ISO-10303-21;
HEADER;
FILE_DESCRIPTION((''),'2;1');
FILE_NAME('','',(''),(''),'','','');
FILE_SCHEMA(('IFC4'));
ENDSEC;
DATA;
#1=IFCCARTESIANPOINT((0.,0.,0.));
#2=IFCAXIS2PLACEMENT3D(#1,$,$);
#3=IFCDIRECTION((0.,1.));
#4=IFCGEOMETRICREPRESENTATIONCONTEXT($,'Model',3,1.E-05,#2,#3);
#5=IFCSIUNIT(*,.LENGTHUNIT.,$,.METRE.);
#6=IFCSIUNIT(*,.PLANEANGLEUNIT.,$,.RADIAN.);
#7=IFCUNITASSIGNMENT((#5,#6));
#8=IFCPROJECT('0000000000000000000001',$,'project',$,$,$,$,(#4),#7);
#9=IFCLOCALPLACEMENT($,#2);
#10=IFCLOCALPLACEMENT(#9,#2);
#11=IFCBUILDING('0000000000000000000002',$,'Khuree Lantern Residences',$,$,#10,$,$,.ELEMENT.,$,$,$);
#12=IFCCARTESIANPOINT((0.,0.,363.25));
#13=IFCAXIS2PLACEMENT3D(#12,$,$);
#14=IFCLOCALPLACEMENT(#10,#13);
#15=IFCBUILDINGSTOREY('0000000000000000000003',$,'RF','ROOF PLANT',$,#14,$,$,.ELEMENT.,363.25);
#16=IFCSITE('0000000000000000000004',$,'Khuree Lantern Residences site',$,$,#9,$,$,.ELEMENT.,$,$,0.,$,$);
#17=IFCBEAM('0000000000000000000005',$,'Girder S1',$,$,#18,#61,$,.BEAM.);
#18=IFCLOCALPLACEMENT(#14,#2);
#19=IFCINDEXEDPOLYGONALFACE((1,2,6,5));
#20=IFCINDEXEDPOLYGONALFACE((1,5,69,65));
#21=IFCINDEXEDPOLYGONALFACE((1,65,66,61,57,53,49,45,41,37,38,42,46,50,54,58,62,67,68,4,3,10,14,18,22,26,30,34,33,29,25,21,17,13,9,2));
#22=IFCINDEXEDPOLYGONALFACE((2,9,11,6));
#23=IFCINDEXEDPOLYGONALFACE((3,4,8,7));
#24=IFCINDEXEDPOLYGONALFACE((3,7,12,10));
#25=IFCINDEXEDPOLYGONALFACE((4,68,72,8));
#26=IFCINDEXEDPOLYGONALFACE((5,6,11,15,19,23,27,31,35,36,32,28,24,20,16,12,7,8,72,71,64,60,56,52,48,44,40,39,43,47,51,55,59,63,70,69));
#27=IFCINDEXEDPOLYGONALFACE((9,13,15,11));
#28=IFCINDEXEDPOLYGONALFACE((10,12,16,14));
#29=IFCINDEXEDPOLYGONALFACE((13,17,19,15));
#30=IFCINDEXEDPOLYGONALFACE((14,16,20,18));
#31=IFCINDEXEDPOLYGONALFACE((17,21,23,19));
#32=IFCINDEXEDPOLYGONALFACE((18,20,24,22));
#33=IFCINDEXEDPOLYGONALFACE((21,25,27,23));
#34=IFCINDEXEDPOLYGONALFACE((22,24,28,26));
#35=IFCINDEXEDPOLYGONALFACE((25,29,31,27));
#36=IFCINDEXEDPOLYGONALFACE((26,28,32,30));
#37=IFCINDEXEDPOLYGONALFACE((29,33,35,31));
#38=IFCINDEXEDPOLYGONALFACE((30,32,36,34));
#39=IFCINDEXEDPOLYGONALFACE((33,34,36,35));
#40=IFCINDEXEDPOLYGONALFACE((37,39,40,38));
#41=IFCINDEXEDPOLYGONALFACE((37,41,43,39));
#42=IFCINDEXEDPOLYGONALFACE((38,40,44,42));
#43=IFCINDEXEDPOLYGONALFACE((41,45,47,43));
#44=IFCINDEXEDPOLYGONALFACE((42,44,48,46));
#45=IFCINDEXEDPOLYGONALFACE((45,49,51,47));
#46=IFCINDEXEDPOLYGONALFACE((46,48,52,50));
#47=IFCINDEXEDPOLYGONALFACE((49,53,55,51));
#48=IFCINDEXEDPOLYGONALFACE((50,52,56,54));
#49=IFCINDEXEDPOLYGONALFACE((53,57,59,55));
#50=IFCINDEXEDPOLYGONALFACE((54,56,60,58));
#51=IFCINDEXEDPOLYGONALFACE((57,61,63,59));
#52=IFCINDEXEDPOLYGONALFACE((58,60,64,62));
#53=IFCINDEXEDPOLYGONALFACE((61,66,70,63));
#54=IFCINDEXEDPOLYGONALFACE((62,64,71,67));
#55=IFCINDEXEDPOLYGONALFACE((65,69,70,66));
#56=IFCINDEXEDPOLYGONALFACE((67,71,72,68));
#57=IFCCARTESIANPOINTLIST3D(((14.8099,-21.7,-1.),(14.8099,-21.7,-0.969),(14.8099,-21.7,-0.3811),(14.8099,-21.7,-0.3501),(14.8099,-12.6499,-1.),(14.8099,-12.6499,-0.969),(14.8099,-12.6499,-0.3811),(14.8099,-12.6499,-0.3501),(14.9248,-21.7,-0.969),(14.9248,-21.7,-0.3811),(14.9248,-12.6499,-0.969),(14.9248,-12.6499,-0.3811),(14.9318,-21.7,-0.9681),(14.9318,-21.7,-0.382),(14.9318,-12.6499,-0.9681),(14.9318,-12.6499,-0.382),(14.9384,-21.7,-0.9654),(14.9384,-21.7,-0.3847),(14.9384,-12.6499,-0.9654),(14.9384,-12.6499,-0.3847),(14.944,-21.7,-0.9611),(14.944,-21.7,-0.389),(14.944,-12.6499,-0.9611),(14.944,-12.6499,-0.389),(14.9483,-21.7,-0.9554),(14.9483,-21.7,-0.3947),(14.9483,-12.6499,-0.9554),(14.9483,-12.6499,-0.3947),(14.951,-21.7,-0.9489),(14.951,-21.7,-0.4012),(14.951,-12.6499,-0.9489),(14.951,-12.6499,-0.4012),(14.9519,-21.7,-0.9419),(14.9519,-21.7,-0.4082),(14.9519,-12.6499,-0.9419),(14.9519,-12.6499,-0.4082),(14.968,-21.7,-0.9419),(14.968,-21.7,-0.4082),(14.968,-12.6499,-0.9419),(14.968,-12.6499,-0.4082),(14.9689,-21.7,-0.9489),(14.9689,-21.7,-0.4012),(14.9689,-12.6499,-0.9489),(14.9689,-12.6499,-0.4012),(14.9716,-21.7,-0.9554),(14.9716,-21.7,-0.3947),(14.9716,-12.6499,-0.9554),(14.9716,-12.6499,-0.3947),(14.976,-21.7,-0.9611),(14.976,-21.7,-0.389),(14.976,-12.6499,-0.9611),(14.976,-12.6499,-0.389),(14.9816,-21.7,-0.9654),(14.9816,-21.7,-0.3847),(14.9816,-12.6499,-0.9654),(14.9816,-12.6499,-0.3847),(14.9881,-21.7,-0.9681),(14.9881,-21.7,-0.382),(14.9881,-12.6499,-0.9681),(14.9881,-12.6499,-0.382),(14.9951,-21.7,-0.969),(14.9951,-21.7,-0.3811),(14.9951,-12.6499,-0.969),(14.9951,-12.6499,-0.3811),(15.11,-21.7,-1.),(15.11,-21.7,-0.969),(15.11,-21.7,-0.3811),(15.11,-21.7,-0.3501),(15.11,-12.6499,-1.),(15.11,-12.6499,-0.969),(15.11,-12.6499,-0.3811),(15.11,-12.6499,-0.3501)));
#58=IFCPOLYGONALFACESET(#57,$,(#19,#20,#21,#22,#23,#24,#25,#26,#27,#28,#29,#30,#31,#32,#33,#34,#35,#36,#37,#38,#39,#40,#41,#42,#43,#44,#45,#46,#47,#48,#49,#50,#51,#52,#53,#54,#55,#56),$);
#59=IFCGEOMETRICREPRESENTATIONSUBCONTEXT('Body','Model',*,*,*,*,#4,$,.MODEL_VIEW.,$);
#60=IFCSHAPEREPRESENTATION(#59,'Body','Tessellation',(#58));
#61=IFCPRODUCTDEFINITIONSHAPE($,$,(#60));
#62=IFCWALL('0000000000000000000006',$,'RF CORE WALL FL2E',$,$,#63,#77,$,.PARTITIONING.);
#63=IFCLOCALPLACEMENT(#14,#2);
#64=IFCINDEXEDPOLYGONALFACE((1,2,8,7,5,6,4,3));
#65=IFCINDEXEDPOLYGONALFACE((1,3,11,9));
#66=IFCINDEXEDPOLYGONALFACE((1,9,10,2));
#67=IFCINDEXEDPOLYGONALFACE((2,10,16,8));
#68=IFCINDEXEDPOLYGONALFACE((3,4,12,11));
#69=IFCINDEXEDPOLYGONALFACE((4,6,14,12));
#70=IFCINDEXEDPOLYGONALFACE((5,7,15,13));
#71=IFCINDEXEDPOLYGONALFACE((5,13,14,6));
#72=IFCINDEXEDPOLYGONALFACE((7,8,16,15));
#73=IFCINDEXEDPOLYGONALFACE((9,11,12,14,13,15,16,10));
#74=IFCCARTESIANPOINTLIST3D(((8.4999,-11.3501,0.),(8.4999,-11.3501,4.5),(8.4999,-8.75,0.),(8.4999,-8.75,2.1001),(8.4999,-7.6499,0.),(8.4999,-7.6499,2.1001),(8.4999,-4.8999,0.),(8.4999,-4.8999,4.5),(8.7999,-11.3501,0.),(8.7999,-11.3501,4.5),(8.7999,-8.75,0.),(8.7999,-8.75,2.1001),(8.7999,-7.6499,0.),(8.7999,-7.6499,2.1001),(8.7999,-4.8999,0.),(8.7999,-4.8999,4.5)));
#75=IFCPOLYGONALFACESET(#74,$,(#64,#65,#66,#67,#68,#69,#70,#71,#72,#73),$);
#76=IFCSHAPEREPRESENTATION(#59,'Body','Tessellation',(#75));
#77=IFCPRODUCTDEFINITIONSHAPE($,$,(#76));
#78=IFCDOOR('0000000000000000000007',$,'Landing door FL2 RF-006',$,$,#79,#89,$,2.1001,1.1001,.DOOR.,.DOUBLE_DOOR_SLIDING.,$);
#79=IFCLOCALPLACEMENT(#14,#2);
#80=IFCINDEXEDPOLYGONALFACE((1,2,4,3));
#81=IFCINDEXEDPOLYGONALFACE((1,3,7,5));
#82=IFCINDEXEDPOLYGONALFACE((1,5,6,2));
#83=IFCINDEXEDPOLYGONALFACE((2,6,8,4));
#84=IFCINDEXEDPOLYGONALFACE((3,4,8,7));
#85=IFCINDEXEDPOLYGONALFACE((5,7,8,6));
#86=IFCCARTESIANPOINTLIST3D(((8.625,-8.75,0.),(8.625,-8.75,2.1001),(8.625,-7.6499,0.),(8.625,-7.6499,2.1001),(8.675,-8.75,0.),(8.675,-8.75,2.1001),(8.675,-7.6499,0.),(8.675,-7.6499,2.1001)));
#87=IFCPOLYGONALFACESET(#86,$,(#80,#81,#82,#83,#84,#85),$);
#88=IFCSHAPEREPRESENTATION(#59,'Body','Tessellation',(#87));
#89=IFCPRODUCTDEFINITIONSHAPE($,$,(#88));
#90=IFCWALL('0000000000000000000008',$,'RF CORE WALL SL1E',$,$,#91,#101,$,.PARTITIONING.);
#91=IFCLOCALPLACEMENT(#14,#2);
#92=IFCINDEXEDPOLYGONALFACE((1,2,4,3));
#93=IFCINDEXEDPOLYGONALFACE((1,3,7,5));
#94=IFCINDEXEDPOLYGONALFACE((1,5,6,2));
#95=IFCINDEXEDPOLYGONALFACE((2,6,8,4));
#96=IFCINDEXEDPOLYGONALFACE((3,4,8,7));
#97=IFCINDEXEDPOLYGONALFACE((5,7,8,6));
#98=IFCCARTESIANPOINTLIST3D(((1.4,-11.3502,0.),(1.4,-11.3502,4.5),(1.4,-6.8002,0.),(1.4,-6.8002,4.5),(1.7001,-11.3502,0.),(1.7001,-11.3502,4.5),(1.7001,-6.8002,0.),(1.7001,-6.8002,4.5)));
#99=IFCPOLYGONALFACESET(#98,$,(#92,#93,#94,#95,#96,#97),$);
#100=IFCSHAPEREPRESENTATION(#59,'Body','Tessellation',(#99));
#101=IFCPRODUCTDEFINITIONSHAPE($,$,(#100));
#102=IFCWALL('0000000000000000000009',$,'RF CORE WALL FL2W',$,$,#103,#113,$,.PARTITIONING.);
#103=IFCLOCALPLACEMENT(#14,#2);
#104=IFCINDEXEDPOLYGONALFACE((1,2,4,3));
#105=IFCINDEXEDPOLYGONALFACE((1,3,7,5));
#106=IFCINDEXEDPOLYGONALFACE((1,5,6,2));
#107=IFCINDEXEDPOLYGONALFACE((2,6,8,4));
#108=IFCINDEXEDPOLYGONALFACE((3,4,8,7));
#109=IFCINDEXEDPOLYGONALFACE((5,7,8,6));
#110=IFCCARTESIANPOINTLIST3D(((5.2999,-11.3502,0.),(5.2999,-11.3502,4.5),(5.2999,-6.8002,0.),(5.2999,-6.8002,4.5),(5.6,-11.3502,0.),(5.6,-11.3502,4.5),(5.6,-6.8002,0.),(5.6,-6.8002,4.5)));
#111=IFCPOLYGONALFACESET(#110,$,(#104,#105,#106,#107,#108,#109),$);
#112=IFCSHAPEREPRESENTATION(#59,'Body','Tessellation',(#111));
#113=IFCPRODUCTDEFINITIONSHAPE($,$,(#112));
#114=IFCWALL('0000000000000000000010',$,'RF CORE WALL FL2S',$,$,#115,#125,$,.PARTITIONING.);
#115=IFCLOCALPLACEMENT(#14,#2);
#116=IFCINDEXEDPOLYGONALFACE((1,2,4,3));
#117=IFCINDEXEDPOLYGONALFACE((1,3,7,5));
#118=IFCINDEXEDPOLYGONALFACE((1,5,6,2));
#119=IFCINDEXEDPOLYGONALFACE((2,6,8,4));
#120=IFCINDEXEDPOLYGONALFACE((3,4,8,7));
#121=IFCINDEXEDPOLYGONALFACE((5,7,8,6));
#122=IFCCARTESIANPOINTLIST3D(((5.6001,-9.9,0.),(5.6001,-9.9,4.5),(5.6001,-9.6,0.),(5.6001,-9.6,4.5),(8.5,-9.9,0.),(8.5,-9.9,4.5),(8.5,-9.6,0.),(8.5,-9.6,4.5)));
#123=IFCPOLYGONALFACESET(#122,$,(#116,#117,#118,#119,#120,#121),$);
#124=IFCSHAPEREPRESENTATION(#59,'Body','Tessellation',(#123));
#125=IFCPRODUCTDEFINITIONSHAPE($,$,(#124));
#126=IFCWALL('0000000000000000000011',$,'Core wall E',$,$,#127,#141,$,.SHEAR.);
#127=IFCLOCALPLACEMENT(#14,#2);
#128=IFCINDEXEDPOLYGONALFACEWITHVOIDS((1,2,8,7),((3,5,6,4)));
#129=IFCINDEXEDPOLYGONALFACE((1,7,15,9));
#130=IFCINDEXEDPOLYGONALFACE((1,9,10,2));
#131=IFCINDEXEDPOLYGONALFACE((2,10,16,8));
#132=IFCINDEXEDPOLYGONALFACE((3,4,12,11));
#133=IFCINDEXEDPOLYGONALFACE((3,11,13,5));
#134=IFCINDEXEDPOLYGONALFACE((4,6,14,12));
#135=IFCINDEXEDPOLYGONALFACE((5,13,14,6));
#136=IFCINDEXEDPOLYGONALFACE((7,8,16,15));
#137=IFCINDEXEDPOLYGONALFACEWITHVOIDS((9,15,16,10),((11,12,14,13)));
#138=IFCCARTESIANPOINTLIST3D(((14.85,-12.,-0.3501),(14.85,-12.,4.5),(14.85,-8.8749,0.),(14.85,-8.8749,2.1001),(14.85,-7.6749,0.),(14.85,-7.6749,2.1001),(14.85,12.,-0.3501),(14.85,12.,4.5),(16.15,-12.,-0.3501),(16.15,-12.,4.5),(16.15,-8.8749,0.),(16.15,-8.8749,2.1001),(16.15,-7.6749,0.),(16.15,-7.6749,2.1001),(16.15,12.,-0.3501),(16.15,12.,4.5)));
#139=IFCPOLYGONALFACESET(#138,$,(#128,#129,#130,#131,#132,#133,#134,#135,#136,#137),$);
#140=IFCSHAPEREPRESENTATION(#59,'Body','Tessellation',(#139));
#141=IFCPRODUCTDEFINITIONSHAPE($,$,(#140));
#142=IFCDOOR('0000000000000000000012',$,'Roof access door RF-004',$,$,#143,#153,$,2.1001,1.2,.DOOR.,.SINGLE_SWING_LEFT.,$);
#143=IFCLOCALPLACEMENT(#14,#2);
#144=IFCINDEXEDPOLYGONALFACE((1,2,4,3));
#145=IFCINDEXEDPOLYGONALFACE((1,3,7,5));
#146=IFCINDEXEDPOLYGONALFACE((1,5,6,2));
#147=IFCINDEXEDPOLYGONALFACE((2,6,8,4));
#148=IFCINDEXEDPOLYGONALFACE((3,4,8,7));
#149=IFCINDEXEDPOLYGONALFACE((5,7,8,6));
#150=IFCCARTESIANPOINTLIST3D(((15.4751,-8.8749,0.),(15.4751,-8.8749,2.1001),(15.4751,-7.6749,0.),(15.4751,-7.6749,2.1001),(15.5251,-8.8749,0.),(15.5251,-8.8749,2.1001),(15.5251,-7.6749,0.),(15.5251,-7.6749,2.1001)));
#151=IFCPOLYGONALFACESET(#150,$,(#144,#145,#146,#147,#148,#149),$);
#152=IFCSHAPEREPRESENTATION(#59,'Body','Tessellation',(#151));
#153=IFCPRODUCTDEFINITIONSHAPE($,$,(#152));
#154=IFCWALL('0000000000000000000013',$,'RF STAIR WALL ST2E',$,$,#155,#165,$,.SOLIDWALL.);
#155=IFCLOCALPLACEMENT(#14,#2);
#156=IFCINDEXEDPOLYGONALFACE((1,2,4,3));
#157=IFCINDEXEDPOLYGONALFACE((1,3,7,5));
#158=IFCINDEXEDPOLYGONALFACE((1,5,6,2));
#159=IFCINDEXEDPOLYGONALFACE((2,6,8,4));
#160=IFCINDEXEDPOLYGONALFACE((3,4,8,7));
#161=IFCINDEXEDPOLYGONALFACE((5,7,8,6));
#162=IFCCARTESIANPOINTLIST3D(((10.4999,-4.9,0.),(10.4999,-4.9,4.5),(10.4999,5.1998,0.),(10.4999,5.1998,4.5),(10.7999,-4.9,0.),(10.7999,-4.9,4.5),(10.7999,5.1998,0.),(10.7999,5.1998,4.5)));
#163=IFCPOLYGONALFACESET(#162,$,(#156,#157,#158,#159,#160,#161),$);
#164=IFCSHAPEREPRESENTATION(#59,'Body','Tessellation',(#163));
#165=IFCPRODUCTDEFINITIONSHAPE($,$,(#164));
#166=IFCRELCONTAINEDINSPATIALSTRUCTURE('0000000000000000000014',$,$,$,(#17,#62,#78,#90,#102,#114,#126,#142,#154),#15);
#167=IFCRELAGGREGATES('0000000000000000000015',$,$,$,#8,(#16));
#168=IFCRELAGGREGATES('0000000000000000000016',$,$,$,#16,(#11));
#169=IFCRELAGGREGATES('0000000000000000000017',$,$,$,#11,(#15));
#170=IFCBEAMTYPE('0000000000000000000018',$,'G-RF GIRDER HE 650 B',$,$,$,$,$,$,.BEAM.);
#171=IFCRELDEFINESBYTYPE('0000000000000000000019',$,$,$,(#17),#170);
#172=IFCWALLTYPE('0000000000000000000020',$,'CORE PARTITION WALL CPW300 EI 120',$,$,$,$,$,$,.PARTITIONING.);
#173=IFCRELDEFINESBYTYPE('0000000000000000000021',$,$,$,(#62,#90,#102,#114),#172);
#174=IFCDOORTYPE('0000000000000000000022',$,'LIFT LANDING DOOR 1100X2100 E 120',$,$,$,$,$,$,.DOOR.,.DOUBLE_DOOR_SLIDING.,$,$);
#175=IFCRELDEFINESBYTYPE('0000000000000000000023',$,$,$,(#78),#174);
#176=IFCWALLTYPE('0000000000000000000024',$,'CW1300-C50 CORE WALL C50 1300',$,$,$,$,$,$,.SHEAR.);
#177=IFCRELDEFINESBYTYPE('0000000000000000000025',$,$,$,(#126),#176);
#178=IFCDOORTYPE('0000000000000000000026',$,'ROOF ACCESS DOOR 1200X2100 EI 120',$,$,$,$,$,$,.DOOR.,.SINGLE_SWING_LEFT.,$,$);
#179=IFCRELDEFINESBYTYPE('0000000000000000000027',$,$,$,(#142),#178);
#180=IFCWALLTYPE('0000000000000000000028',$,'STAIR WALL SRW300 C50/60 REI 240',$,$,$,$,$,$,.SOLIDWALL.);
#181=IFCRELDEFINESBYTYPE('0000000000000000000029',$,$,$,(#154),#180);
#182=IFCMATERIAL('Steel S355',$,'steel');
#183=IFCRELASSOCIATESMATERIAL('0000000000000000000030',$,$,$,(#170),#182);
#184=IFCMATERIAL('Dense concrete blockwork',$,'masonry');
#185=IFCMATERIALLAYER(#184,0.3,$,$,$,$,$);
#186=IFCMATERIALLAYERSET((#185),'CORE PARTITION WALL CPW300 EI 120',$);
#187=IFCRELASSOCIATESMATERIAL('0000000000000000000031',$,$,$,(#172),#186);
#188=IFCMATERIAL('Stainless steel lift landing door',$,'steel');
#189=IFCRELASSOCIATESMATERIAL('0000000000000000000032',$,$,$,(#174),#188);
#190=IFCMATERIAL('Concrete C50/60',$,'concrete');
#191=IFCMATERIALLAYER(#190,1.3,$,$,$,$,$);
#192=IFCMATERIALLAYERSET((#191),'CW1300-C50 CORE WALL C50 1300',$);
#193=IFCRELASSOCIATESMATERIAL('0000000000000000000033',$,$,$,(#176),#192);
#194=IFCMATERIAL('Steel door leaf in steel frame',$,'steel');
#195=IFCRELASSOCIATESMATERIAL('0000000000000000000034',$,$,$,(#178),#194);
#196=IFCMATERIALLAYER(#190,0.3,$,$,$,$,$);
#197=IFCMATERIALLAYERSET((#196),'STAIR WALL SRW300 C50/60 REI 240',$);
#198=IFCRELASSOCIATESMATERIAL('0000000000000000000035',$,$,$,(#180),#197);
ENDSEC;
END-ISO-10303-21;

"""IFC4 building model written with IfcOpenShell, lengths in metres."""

from ifc_helpers import new_model, si_unit, direction, frame, frame_2d, origin, origin_2d, place, context, subcontext, project, spatial, rectangle, i_section, extrude, material, layer, layer_set, material_profile, profile_set, type_object, element, fill, save


model = new_model("IFC4")

# Units and contexts
model_context = context("Model", 3, precision=1e-05, world=origin(), true_north=direction((0.0, 1.0)))
body_context = subcontext(model_context, "Body", "Model", "MODEL_VIEW")
ifc_project = project(units=[si_unit("LENGTHUNIT", "METRE"), si_unit("PLANEANGLEUNIT", "RADIAN")], contexts=[model_context])

# Site, building, storey
site_placement = place(None, origin())
site = spatial("IfcSite", under=ifc_project, at=site_placement, Name="Khuree Lantern Residences site", CompositionType="ELEMENT", RefElevation=0.0)
building_placement = place(site_placement, origin())
building = spatial("IfcBuilding", under=site, at=building_placement, Name="Khuree Lantern Residences", CompositionType="ELEMENT")
storey_placement = place(building_placement, frame((0.0, 0.0, 363.25)))
storey = spatial("IfcBuildingStorey", under=building, at=storey_placement, Name="RF", Description="ROOF PLANT", CompositionType="ELEMENT", Elevation=363.25)

# Shared definitions
ifc_material_1 = material(Name="Steel S355", Category="steel")
ifc_material_2 = material(Name="Concrete C50/60", Category="concrete")

# Beam
ifc_material_profile_1 = material_profile(ifc_material_1, i_section(OverallWidth=0.3, OverallDepth=0.6499, WebThickness=0.0161, FlangeThickness=0.031, FilletRadius=0.0271, at=origin_2d()), Name="HE 650 B")
ifc_profile_set_1 = profile_set([ifc_material_profile_1], Name="Steel S355")
beam_type_1 = type_object("IfcBeamType", Name="G-RF GIRDER HE 650 B", PredefinedType="BEAM", material=ifc_profile_set_1)
beam_1_placement = place(storey_placement, frame((14.96, -21.7, -0.675), z_axis=(0.0, 1.0, 0.0), x_axis=(-1.0, 0.0, 0.0)))
element("IfcBeam", 1, at=beam_1_placement, inside=storey, type_object=beam_type_1, Name="Girder S1", PredefinedType="BEAM", context=body_context, shape_type="SweptSolid", body=[
    extrude(i_section(OverallWidth=0.3, OverallDepth=0.6499, WebThickness=0.0161, FlangeThickness=0.031, FilletRadius=0.0271, at=origin_2d()), origin(), (0.0, 0.0, 1.0), 9.05),
])

# Wall, opening, door
ifc_material_3 = material(Name="Dense concrete blockwork", Category="masonry")
ifc_layer_1 = layer(ifc_material_3, 0.3)
ifc_layer_set_1 = layer_set([ifc_layer_1], Name="CORE PARTITION WALL CPW300 EI 120")
wall_type_1 = type_object("IfcWallType", Name="CORE PARTITION WALL CPW300 EI 120", PredefinedType="PARTITIONING", material=ifc_layer_set_1)
wall_1_placement = place(storey_placement, frame((8.6499, -11.3501, 0.0), z_axis=(0.0, 0.0, 1.0), x_axis=(0.0, 1.0, 0.0)))
wall_1 = element("IfcWall", 2, at=wall_1_placement, inside=storey, type_object=wall_type_1, Name="RF CORE WALL FL2E", PredefinedType="PARTITIONING", context=body_context, shape_type="SweptSolid", body=[
    extrude(rectangle(XDim=6.4502, YDim=0.3, at=frame_2d((3.2251, 0.0))), origin(), (0.0, 0.0, 1.0), 4.5),
])
opening_1_placement = place(wall_1_placement, frame((2.6001, 0.0, 0.0)))
opening_1 = element("IfcOpeningElement", 3, at=opening_1_placement, cuts=wall_1, PredefinedType="OPENING", context=body_context, shape_type="SweptSolid", body=[
    extrude(rectangle(XDim=1.1001, YDim=2.1001, at=frame_2d((0.55, 1.05))), frame((0.0, 0.1602, 0.0), z_axis=(0.0, -1.0, 0.0), x_axis=(1.0, 0.0, 0.0)), (0.0, 0.0, 1.0), 0.3201),
])
ifc_material_4 = material(Name="Stainless steel lift landing door", Category="steel")
door_type_1 = type_object("IfcDoorType", Name="LIFT LANDING DOOR 1100X2100 E 120", OperationType="DOUBLE_DOOR_SLIDING", PredefinedType="DOOR", material=ifc_material_4)
door_1_placement = place(opening_1_placement, origin())
door_1 = element("IfcDoor", 4, at=door_1_placement, inside=storey, type_object=door_type_1, Name="Landing door FL2 RF-006", OperationType="DOUBLE_DOOR_SLIDING", OverallHeight=2.1001, OverallWidth=1.1001, PredefinedType="DOOR", context=body_context, shape_type="SweptSolid", body=[
    extrude(rectangle(XDim=1.1001, YDim=2.1001, at=frame_2d((0.55, 1.05))), frame((0.0, 0.0249, 0.0), z_axis=(0.0, -1.0, 0.0), x_axis=(1.0, 0.0, 0.0)), (0.0, 0.0, 1.0), 0.05),
])
fill(opening_1, door_1)

# Walls
for number, where, z_axis, x_axis, name in (
    (5, (1.55, -11.3501, 0.0), (0.0, 0.0, 1.0), (0.0, 1.0, 0.0), "RF CORE WALL SL1E"),
    (6, (5.45, -11.3501, 0.0), (0.0, 0.0, 1.0), (0.0, 1.0, 0.0), "RF CORE WALL FL2W"),
):
    element("IfcWall", number, at=place(storey_placement, frame(where, z_axis=z_axis, x_axis=x_axis)), inside=storey, type_object=wall_type_1, Name=name, PredefinedType="PARTITIONING", context=body_context, shape_type="SweptSolid", body=[
        extrude(rectangle(XDim=4.55, YDim=0.3, at=frame_2d((2.2749, 0.0))), origin(), (0.0, 0.0, 1.0), 4.5),
    ])
wall_2_placement = place(storey_placement, frame((5.6001, -9.75, 0.0), z_axis=(0.0, 0.0, 1.0), x_axis=(1.0, 0.0, 0.0)))
element("IfcWall", 7, at=wall_2_placement, inside=storey, type_object=wall_type_1, Name="RF CORE WALL FL2S", PredefinedType="PARTITIONING", context=body_context, shape_type="SweptSolid", body=[
    extrude(rectangle(XDim=2.8999, YDim=0.3, at=frame_2d((1.45, 0.0))), origin(), (0.0, 0.0, 1.0), 4.5),
])

# Wall, opening, door
ifc_layer_2 = layer(ifc_material_2, 1.3)
ifc_layer_set_2 = layer_set([ifc_layer_2], Name="CW1300-C50 CORE WALL C50 1300")
wall_type_2 = type_object("IfcWallType", Name="CW1300-C50 CORE WALL C50 1300", PredefinedType="SHEAR", material=ifc_layer_set_2)
wall_3_placement = place(storey_placement, frame((15.5, -12.0, -0.3501), z_axis=(0.0, 0.0, 1.0), x_axis=(0.0, 1.0, 0.0)))
wall_3 = element("IfcWall", 8, at=wall_3_placement, inside=storey, type_object=wall_type_2, Name="Core wall E", PredefinedType="SHEAR", context=body_context, shape_type="SweptSolid", body=[
    extrude(rectangle(XDim=24.0, YDim=1.3, at=frame_2d((12.0, 0.0))), origin(), (0.0, 0.0, 1.0), 4.8501),
])
opening_2_placement = place(wall_3_placement, frame((3.125, 0.0, 0.3501)))
opening_2 = element("IfcOpeningElement", 9, at=opening_2_placement, cuts=wall_3, PredefinedType="OPENING", context=body_context, shape_type="SweptSolid", body=[
    extrude(rectangle(XDim=1.2, YDim=2.1001, at=frame_2d((0.6001, 1.05))), frame((0.0, 0.6602, 0.0), z_axis=(0.0, -1.0, 0.0), x_axis=(1.0, 0.0, 0.0)), (0.0, 0.0, 1.0), 1.3201),
])
ifc_material_5 = material(Name="Steel door leaf in steel frame", Category="steel")
door_type_2 = type_object("IfcDoorType", Name="ROOF ACCESS DOOR 1200X2100 EI 120", OperationType="SINGLE_SWING_LEFT", PredefinedType="DOOR", material=ifc_material_5)
door_2_placement = place(opening_2_placement, origin())
door_2 = element("IfcDoor", 10, at=door_2_placement, inside=storey, type_object=door_type_2, Name="Roof access door RF-004", OperationType="SINGLE_SWING_LEFT", OverallHeight=2.1001, OverallWidth=1.2, PredefinedType="DOOR", context=body_context, shape_type="SweptSolid", body=[
    extrude(rectangle(XDim=1.2, YDim=2.1001, at=frame_2d((0.6001, 1.05))), frame((0.0, 0.0249, 0.0), z_axis=(0.0, -1.0, 0.0), x_axis=(1.0, 0.0, 0.0)), (0.0, 0.0, 1.0), 0.05),
])
fill(opening_2, door_2)

# Wall
ifc_layer_3 = layer(ifc_material_2, 0.3)
ifc_layer_set_3 = layer_set([ifc_layer_3], Name="STAIR WALL SRW300 C50/60 REI 240")
wall_type_3 = type_object("IfcWallType", Name="STAIR WALL SRW300 C50/60 REI 240", PredefinedType="SOLIDWALL", material=ifc_layer_set_3)
wall_4_placement = place(storey_placement, frame((10.6499, -4.8999, 0.0), z_axis=(0.0, 0.0, 1.0), x_axis=(0.0, 1.0, 0.0)))
element("IfcWall", 11, at=wall_4_placement, inside=storey, type_object=wall_type_3, Name="RF STAIR WALL ST2E", PredefinedType="SOLIDWALL", context=body_context, shape_type="SweptSolid", body=[
    extrude(rectangle(XDim=10.0999, YDim=0.3, at=frame_2d((5.0498, 0.0))), origin(), (0.0, 0.0, 1.0), 4.5),
])

save(model, "model.ifc")
